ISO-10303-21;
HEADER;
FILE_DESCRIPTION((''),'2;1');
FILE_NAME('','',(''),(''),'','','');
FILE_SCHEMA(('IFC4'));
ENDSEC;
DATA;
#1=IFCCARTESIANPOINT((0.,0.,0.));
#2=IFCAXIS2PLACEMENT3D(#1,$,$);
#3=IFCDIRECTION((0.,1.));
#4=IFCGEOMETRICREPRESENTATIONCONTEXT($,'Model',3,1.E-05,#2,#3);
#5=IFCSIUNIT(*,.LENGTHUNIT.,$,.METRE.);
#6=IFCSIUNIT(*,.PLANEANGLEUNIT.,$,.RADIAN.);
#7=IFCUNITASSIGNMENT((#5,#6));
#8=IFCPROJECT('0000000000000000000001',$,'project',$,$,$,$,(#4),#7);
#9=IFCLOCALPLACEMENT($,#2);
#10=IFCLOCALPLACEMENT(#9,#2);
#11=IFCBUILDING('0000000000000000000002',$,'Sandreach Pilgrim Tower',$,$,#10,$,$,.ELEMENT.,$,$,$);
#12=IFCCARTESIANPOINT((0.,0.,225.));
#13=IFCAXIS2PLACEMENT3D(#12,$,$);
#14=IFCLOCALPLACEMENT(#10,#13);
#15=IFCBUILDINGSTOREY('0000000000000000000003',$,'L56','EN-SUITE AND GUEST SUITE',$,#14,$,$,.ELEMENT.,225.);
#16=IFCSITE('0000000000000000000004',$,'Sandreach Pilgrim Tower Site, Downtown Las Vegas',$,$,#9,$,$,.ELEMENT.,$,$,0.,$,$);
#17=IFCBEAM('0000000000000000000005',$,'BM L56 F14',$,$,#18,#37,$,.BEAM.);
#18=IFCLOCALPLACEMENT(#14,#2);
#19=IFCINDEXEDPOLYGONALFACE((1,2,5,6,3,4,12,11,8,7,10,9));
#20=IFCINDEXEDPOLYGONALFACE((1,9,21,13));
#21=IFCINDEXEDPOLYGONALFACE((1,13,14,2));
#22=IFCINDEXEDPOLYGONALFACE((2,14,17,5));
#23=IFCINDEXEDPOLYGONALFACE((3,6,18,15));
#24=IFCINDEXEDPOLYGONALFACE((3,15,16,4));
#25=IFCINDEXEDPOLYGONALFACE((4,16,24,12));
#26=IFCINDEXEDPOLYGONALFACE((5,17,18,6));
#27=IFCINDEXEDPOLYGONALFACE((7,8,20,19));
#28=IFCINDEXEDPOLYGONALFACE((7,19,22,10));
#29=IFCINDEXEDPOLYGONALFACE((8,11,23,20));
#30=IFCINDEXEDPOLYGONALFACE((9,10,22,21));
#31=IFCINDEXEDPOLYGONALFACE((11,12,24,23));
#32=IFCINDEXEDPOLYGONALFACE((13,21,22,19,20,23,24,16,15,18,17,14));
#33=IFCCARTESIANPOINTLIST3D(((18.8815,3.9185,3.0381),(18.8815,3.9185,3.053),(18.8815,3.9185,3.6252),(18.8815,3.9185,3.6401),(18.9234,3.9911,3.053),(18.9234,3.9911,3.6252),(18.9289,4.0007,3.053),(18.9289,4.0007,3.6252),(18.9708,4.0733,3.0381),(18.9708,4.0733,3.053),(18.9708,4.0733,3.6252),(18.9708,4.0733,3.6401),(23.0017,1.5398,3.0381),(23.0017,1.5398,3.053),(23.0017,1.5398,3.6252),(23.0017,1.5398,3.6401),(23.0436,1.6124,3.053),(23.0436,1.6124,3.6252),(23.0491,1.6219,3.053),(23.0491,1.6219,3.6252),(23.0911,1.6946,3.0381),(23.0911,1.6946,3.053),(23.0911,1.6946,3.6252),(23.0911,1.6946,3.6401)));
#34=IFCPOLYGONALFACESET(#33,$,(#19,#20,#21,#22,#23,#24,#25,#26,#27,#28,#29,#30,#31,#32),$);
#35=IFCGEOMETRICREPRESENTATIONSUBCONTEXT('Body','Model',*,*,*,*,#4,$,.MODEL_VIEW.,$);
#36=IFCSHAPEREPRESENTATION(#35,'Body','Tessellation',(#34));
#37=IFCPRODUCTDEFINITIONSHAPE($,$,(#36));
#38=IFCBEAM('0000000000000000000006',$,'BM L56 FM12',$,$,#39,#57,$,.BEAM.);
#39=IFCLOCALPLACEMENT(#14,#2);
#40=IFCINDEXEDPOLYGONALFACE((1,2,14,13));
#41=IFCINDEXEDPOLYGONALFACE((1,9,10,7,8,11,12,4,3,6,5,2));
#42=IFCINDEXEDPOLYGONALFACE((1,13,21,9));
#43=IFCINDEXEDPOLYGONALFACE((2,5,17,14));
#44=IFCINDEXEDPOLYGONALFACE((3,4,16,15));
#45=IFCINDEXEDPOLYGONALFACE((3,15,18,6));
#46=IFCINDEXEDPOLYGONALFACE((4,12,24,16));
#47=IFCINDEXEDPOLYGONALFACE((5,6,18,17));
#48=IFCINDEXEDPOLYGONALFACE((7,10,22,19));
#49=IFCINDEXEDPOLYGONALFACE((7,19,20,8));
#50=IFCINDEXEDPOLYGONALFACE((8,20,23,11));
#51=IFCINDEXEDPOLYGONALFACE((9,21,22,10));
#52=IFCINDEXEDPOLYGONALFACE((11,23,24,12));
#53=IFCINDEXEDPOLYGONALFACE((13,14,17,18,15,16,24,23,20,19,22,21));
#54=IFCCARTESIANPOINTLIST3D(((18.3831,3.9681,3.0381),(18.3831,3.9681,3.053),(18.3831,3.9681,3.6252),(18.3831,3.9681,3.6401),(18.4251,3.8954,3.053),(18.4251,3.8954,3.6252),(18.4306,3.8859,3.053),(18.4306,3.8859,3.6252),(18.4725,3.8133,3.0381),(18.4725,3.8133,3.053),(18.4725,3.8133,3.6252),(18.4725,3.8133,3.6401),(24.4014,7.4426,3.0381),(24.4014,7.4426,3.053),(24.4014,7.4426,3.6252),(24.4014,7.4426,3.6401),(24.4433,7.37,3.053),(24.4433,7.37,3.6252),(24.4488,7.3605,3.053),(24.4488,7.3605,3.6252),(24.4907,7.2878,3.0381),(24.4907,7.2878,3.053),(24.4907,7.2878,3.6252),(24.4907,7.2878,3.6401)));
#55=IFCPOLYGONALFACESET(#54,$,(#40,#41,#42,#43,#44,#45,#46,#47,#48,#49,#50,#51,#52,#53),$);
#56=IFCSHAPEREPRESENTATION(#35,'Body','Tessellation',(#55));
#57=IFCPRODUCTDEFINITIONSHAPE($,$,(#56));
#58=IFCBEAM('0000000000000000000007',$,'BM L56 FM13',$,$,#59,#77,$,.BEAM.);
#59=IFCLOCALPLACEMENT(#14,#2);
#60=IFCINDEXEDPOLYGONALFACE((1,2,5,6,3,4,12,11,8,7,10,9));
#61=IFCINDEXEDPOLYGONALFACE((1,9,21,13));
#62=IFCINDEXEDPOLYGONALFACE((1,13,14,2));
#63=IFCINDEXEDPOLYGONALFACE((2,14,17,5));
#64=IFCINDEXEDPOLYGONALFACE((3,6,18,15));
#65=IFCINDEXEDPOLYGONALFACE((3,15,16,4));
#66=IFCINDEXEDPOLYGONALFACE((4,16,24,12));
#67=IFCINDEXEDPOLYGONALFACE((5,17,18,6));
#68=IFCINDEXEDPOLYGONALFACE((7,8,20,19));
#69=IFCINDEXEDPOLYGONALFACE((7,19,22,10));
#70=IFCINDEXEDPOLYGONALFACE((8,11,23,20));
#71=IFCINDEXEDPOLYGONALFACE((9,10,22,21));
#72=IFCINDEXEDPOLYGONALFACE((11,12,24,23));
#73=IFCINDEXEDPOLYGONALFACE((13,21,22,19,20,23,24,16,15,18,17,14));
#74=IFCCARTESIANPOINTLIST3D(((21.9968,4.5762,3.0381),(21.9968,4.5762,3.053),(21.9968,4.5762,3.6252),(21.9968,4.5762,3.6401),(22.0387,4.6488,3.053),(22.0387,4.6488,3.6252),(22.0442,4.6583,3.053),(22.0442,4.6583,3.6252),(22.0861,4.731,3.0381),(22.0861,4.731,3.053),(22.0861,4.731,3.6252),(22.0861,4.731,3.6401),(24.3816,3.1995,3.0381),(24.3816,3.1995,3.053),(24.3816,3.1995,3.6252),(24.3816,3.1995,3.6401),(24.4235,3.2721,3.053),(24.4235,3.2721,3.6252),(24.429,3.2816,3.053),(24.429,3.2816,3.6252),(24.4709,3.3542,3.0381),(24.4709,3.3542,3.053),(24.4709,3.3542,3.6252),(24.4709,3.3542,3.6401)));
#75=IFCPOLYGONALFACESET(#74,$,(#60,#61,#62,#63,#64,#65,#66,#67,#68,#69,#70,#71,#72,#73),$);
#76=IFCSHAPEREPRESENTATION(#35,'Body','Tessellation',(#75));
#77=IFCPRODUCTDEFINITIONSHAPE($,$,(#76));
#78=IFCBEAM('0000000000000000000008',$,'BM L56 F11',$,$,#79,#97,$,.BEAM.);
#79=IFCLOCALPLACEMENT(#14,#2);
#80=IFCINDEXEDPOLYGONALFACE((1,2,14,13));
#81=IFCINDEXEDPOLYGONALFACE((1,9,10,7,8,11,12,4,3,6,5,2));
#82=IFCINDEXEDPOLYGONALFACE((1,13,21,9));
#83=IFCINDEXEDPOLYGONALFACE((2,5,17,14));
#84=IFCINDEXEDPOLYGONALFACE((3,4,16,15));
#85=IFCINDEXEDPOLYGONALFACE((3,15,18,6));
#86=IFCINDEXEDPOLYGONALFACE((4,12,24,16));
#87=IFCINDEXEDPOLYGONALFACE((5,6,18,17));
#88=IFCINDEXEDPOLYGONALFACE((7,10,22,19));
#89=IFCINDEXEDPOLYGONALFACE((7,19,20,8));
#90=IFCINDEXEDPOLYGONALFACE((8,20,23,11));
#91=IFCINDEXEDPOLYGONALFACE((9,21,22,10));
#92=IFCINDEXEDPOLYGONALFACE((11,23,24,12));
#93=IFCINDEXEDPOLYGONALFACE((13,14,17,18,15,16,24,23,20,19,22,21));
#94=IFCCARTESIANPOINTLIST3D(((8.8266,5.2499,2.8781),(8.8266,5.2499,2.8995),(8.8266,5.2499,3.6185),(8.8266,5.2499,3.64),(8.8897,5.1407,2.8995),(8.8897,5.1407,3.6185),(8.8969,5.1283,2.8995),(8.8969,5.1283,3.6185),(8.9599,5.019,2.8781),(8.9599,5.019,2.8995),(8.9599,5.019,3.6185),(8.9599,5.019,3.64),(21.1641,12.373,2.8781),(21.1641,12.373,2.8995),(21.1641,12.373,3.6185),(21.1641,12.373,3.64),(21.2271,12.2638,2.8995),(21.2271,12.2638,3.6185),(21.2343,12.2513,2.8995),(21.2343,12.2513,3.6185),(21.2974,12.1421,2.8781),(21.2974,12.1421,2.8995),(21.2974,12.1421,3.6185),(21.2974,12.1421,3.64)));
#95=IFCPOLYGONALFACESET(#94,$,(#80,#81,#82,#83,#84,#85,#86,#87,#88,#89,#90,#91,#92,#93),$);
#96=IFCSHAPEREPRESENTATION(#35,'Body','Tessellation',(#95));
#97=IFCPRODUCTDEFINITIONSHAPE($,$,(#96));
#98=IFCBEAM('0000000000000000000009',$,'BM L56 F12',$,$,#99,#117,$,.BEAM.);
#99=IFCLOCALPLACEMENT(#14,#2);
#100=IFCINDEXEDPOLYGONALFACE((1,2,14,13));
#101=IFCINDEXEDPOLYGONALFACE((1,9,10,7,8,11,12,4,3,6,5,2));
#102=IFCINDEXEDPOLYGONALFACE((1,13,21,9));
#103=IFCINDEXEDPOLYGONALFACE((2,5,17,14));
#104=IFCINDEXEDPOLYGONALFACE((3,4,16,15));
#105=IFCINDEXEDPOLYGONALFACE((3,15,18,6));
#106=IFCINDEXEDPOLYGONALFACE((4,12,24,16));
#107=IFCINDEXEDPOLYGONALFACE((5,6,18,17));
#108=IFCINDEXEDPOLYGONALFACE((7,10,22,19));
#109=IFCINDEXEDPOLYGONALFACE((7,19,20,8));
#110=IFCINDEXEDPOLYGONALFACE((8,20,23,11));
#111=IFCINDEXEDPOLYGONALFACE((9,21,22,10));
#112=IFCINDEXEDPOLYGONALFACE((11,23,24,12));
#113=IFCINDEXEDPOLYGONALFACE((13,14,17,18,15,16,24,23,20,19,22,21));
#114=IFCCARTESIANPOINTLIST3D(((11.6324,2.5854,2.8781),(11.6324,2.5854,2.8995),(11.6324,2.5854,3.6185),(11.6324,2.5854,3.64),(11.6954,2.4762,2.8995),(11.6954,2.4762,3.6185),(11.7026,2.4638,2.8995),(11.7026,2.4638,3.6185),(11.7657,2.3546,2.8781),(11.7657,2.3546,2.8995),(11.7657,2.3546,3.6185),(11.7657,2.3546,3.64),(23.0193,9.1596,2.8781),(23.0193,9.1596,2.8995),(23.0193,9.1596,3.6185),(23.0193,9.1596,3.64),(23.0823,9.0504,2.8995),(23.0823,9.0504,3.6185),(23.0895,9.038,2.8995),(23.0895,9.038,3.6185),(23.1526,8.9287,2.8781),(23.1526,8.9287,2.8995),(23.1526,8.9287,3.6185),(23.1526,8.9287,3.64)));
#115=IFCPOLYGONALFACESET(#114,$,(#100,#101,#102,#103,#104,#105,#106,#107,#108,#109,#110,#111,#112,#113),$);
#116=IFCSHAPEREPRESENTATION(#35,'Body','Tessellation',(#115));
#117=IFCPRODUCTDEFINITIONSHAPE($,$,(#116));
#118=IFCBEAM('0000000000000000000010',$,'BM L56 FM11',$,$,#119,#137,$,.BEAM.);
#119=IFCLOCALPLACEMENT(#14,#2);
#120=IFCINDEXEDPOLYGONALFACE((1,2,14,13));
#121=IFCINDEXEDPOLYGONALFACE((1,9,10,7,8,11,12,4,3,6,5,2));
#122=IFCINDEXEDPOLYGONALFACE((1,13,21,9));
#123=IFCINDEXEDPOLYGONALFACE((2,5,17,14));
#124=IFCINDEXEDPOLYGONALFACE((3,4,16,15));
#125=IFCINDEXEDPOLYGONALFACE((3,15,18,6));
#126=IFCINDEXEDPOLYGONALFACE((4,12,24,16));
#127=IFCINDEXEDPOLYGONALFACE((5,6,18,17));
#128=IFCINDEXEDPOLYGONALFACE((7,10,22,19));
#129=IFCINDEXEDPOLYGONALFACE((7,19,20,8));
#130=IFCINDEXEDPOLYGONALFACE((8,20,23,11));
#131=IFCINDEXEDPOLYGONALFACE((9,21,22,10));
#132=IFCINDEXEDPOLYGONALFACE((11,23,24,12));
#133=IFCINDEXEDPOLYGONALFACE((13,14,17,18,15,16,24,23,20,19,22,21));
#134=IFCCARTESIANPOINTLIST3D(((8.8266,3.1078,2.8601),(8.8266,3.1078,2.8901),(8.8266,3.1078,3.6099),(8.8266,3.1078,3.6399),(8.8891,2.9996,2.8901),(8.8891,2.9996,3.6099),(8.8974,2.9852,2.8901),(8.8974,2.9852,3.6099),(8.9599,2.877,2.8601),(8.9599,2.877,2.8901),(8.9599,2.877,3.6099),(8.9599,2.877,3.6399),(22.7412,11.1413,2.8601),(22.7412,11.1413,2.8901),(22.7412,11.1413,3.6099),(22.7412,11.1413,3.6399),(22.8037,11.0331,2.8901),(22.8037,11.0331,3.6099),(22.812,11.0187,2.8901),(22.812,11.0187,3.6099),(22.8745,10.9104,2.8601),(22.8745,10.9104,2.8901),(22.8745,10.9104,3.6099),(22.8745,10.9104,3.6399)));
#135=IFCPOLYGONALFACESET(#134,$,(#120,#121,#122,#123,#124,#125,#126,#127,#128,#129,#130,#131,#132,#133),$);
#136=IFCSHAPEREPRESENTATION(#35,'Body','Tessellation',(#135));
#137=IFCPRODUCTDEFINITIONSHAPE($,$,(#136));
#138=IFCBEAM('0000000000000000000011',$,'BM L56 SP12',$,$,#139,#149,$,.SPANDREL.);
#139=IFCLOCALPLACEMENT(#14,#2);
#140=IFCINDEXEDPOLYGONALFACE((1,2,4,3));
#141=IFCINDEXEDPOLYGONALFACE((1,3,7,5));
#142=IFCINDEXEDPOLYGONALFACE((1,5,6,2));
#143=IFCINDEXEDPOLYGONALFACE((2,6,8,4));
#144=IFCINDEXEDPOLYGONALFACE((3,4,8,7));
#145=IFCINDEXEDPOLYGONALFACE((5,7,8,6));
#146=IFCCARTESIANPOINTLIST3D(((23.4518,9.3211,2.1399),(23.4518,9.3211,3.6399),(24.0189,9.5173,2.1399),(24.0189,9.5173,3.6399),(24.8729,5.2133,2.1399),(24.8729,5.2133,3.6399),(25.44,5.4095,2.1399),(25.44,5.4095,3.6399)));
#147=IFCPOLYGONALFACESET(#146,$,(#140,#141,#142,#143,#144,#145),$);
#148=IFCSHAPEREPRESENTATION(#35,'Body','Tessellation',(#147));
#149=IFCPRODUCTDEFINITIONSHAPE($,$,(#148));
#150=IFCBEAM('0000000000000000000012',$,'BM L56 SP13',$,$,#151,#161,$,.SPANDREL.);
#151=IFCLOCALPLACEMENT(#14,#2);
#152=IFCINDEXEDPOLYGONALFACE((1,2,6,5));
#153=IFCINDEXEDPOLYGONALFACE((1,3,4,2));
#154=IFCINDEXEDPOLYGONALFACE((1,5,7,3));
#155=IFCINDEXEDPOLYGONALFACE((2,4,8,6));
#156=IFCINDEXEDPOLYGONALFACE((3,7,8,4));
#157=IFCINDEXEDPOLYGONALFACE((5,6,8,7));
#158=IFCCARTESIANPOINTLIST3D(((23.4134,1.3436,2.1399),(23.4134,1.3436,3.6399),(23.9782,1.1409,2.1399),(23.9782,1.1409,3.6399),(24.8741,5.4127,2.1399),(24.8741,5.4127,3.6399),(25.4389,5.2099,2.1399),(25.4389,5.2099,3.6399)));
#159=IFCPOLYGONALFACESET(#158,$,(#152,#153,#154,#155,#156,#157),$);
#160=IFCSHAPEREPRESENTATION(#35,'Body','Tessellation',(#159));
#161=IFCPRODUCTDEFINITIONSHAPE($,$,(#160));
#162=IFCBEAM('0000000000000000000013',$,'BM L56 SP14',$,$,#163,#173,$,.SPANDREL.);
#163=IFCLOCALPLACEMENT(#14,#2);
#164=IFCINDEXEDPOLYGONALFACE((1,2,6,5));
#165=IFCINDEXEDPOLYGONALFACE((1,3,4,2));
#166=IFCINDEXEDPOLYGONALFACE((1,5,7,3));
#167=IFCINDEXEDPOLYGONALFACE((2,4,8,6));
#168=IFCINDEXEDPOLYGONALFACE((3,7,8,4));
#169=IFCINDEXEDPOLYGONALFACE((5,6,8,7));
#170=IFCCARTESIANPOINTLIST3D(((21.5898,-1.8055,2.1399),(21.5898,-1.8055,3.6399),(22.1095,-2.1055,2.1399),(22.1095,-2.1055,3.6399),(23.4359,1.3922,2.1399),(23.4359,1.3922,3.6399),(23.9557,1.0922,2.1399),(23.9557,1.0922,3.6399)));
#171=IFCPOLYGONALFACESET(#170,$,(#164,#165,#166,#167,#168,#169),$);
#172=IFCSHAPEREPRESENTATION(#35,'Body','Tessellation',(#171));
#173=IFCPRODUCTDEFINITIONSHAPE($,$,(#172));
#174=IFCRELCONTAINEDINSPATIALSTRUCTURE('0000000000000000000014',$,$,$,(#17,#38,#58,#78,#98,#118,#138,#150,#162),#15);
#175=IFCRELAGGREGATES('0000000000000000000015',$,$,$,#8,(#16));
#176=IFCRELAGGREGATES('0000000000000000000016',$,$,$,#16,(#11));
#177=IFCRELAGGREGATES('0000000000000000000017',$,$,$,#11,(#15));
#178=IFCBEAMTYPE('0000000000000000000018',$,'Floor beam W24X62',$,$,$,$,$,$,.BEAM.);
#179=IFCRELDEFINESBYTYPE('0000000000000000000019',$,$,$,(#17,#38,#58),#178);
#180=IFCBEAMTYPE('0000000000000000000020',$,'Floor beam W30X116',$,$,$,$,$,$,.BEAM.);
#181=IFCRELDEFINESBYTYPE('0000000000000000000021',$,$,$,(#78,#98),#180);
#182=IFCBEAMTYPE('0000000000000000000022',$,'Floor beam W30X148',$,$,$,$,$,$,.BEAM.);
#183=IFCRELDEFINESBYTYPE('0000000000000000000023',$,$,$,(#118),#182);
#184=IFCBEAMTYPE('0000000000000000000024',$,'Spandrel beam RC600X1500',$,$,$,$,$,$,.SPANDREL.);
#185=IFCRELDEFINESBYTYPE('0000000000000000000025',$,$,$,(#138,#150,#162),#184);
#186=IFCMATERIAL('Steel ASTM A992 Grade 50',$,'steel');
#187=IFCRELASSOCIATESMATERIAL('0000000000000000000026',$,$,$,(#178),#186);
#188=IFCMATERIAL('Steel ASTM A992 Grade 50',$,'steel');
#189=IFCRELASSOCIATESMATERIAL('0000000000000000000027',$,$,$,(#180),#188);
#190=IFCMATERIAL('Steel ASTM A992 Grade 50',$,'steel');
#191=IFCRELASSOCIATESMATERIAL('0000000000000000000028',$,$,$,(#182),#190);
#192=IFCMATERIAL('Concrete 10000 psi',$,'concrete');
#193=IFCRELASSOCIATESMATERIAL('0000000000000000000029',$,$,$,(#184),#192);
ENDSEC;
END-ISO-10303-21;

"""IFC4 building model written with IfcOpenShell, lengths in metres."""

from ifc_helpers import new_model, si_unit, direction, frame, origin, origin_2d, place, context, subcontext, project, spatial, rectangle, i_section, extrude, material, material_profile, profile_set, type_object, element, save


model = new_model("IFC4")

# Units and contexts
model_context = context("Model", 3, precision=1e-05, world=origin(), true_north=direction((0.0, 1.0)))
body_context = subcontext(model_context, "Body", "Model", "MODEL_VIEW")
ifc_project = project(units=[si_unit("LENGTHUNIT", "METRE"), si_unit("PLANEANGLEUNIT", "RADIAN")], contexts=[model_context])

# Site, building, storey
site_placement = place(None, origin())
site = spatial("IfcSite", under=ifc_project, at=site_placement, Name="Sandreach Pilgrim Tower Site, Downtown Las Vegas", CompositionType="ELEMENT", RefElevation=0.0)
building_placement = place(site_placement, origin())
building = spatial("IfcBuilding", under=site, at=building_placement, Name="Sandreach Pilgrim Tower", CompositionType="ELEMENT")
storey_placement = place(building_placement, frame((0.0, 0.0, 225.0)))
storey = spatial("IfcBuildingStorey", under=building, at=storey_placement, Name="L56", Description="EN-SUITE AND GUEST SUITE", CompositionType="ELEMENT", Elevation=225.0)

# Beams
ifc_material_1 = material(Name="Steel ASTM A992 Grade 50", Category="steel")
ifc_material_profile_1 = material_profile(ifc_material_1, i_section(OverallWidth=0.1787, OverallDepth=0.6021, WebThickness=0.011, FlangeThickness=0.0149, at=origin_2d()), Name="W24X62")
ifc_profile_set_1 = profile_set([ifc_material_profile_1], Name="Steel ASTM A992 Grade 50")
beam_type_1 = type_object("IfcBeamType", Name="Floor beam W24X62", PredefinedType="BEAM", material=ifc_profile_set_1)
beam_1_placement = place(storey_placement, frame((23.0464, 1.6172, 3.3391), z_axis=(-0.866033, 0.499986, 0.0), x_axis=(-0.499986, -0.866033, 0.0)))
element("IfcBeam", 1, at=beam_1_placement, inside=storey, type_object=beam_type_1, Name="BM L56 F14", PredefinedType="BEAM", context=body_context, shape_type="SweptSolid", body=[
    extrude(i_section(OverallWidth=0.1787, OverallDepth=0.6021, WebThickness=0.011, FlangeThickness=0.0149, at=origin_2d()), origin(), (0.0, 0.0, 1.0), 4.7576),
])
beam_2_placement = place(storey_placement, frame((24.446, 7.3652, 3.3391), z_axis=(-0.866029, -0.499993, 0.0), x_axis=(0.499993, -0.866029, 0.0)))
element("IfcBeam", 2, at=beam_2_placement, inside=storey, type_object=beam_type_1, Name="BM L56 FM12", PredefinedType="BEAM", context=body_context, shape_type="SweptSolid", body=[
    extrude(i_section(OverallWidth=0.1787, OverallDepth=0.6021, WebThickness=0.011, FlangeThickness=0.0149, at=origin_2d()), origin(), (0.0, 0.0, 1.0), 6.9492),
])
beam_3_placement = place(storey_placement, frame((24.4263, 3.2769, 3.3391), z_axis=(-0.866047, 0.499963, 0.0), x_axis=(-0.499963, -0.866047, 0.0)))
element("IfcBeam", 3, at=beam_3_placement, inside=storey, type_object=beam_type_1, Name="BM L56 FM13", PredefinedType="BEAM", context=body_context, shape_type="SweptSolid", body=[
    extrude(i_section(OverallWidth=0.1787, OverallDepth=0.6021, WebThickness=0.011, FlangeThickness=0.0149, at=origin_2d()), origin(), (0.0, 0.0, 1.0), 2.7537),
])
ifc_material_2 = material(Name="Steel ASTM A992 Grade 50", Category="steel")
ifc_material_profile_2 = material_profile(ifc_material_2, i_section(OverallWidth=0.2666, OverallDepth=0.762, WebThickness=0.0144, FlangeThickness=0.0215, at=origin_2d()), Name="W30X116")
ifc_profile_set_2 = profile_set([ifc_material_profile_2], Name="Steel ASTM A992 Grade 50")
beam_type_2 = type_object("IfcBeamType", Name="Floor beam W30X116", PredefinedType="BEAM", material=ifc_profile_set_2)
beam_4_placement = place(storey_placement, frame((21.2307, 12.2576, 3.259), z_axis=(-0.866024, -0.500002, 0.0), x_axis=(0.500002, -0.866024, 0.0)))
element("IfcBeam", 4, at=beam_4_placement, inside=storey, type_object=beam_type_2, Name="BM L56 F11", PredefinedType="BEAM", context=body_context, shape_type="SweptSolid", body=[
    extrude(i_section(OverallWidth=0.2666, OverallDepth=0.762, WebThickness=0.0144, FlangeThickness=0.0215, at=origin_2d()), origin(), (0.0, 0.0, 1.0), 14.2461),
])
beam_5_placement = place(storey_placement, frame((23.0859, 9.0442, 3.259), z_axis=(-0.866027, -0.499997, 0.0), x_axis=(0.499997, -0.866027, 0.0)))
element("IfcBeam", 5, at=beam_5_placement, inside=storey, type_object=beam_type_2, Name="BM L56 F12", PredefinedType="BEAM", context=body_context, shape_type="SweptSolid", body=[
    extrude(i_section(OverallWidth=0.2666, OverallDepth=0.762, WebThickness=0.0144, FlangeThickness=0.0215, at=origin_2d()), origin(), (0.0, 0.0, 1.0), 13.1484),
])
ifc_material_3 = material(Name="Steel ASTM A992 Grade 50", Category="steel")
ifc_material_profile_3 = material_profile(ifc_material_3, i_section(OverallWidth=0.2666, OverallDepth=0.7798, WebThickness=0.0166, FlangeThickness=0.03, at=origin_2d()), Name="W30X148")
ifc_profile_set_3 = profile_set([ifc_material_profile_3], Name="Steel ASTM A992 Grade 50")
beam_type_3 = type_object("IfcBeamType", Name="Floor beam W30X148", PredefinedType="BEAM", material=ifc_profile_set_3)
beam_6_placement = place(storey_placement, frame((22.8079, 11.0259, 3.25), z_axis=(-0.866029, -0.499994, 0.0), x_axis=(0.499994, -0.866029, 0.0)))
element("IfcBeam", 6, at=beam_6_placement, inside=storey, type_object=beam_type_3, Name="BM L56 FM11", PredefinedType="BEAM", context=body_context, shape_type="SweptSolid", body=[
    extrude(i_section(OverallWidth=0.2666, OverallDepth=0.7798, WebThickness=0.0166, FlangeThickness=0.03, at=origin_2d()), origin(), (0.0, 0.0, 1.0), 16.0671),
])
ifc_material_4 = material(Name="Concrete 10000 psi", Category="concrete")
ifc_material_profile_4 = material_profile(ifc_material_4, rectangle(XDim=0.6001, YDim=1.5, at=origin_2d()), Name="RC600X1500")
ifc_profile_set_4 = profile_set([ifc_material_profile_4], Name="Concrete 10000 psi")
beam_type_4 = type_object("IfcBeamType", Name="Spandrel beam RC600X1500", PredefinedType="SPANDREL", material=ifc_profile_set_4)
beam_7_placement = place(storey_placement, frame((23.7354, 9.4192, 2.8899), z_axis=(0.326941, -0.945045, 0.0), x_axis=(0.945045, 0.326941, 0.0)))
element("IfcBeam", 7, at=beam_7_placement, inside=storey, type_object=beam_type_4, Name="BM L56 SP12", PredefinedType="SPANDREL", context=body_context, shape_type="SweptSolid", body=[
    extrude(rectangle(XDim=0.6001, YDim=1.5, at=origin_2d()), origin(), (0.0, 0.0, 1.0), 4.3467),
])
beam_8_placement = place(storey_placement, frame((25.1565, 5.3113, 2.8899), z_axis=(-0.337863, -0.941195, 0.0), x_axis=(0.941195, -0.337863, 0.0)))
element("IfcBeam", 8, at=beam_8_placement, inside=storey, type_object=beam_type_4, Name="BM L56 SP13", PredefinedType="SPANDREL", context=body_context, shape_type="SweptSolid", body=[
    extrude(rectangle(XDim=0.6001, YDim=1.5, at=origin_2d()), origin(), (0.0, 0.0, 1.0), 4.3232),
])
beam_9_placement = place(storey_placement, frame((23.6958, 1.2422, 2.8899), z_axis=(-0.499993, -0.866029, 0.0), x_axis=(0.866029, -0.499993, 0.0)))
element("IfcBeam", 9, at=beam_9_placement, inside=storey, type_object=beam_type_4, Name="BM L56 SP14", PredefinedType="SPANDREL", context=body_context, shape_type="SweptSolid", body=[
    extrude(rectangle(XDim=0.6001, YDim=1.5, at=origin_2d()), origin(), (0.0, 0.0, 1.0), 3.6924),
])

save(model, "model.ifc")
